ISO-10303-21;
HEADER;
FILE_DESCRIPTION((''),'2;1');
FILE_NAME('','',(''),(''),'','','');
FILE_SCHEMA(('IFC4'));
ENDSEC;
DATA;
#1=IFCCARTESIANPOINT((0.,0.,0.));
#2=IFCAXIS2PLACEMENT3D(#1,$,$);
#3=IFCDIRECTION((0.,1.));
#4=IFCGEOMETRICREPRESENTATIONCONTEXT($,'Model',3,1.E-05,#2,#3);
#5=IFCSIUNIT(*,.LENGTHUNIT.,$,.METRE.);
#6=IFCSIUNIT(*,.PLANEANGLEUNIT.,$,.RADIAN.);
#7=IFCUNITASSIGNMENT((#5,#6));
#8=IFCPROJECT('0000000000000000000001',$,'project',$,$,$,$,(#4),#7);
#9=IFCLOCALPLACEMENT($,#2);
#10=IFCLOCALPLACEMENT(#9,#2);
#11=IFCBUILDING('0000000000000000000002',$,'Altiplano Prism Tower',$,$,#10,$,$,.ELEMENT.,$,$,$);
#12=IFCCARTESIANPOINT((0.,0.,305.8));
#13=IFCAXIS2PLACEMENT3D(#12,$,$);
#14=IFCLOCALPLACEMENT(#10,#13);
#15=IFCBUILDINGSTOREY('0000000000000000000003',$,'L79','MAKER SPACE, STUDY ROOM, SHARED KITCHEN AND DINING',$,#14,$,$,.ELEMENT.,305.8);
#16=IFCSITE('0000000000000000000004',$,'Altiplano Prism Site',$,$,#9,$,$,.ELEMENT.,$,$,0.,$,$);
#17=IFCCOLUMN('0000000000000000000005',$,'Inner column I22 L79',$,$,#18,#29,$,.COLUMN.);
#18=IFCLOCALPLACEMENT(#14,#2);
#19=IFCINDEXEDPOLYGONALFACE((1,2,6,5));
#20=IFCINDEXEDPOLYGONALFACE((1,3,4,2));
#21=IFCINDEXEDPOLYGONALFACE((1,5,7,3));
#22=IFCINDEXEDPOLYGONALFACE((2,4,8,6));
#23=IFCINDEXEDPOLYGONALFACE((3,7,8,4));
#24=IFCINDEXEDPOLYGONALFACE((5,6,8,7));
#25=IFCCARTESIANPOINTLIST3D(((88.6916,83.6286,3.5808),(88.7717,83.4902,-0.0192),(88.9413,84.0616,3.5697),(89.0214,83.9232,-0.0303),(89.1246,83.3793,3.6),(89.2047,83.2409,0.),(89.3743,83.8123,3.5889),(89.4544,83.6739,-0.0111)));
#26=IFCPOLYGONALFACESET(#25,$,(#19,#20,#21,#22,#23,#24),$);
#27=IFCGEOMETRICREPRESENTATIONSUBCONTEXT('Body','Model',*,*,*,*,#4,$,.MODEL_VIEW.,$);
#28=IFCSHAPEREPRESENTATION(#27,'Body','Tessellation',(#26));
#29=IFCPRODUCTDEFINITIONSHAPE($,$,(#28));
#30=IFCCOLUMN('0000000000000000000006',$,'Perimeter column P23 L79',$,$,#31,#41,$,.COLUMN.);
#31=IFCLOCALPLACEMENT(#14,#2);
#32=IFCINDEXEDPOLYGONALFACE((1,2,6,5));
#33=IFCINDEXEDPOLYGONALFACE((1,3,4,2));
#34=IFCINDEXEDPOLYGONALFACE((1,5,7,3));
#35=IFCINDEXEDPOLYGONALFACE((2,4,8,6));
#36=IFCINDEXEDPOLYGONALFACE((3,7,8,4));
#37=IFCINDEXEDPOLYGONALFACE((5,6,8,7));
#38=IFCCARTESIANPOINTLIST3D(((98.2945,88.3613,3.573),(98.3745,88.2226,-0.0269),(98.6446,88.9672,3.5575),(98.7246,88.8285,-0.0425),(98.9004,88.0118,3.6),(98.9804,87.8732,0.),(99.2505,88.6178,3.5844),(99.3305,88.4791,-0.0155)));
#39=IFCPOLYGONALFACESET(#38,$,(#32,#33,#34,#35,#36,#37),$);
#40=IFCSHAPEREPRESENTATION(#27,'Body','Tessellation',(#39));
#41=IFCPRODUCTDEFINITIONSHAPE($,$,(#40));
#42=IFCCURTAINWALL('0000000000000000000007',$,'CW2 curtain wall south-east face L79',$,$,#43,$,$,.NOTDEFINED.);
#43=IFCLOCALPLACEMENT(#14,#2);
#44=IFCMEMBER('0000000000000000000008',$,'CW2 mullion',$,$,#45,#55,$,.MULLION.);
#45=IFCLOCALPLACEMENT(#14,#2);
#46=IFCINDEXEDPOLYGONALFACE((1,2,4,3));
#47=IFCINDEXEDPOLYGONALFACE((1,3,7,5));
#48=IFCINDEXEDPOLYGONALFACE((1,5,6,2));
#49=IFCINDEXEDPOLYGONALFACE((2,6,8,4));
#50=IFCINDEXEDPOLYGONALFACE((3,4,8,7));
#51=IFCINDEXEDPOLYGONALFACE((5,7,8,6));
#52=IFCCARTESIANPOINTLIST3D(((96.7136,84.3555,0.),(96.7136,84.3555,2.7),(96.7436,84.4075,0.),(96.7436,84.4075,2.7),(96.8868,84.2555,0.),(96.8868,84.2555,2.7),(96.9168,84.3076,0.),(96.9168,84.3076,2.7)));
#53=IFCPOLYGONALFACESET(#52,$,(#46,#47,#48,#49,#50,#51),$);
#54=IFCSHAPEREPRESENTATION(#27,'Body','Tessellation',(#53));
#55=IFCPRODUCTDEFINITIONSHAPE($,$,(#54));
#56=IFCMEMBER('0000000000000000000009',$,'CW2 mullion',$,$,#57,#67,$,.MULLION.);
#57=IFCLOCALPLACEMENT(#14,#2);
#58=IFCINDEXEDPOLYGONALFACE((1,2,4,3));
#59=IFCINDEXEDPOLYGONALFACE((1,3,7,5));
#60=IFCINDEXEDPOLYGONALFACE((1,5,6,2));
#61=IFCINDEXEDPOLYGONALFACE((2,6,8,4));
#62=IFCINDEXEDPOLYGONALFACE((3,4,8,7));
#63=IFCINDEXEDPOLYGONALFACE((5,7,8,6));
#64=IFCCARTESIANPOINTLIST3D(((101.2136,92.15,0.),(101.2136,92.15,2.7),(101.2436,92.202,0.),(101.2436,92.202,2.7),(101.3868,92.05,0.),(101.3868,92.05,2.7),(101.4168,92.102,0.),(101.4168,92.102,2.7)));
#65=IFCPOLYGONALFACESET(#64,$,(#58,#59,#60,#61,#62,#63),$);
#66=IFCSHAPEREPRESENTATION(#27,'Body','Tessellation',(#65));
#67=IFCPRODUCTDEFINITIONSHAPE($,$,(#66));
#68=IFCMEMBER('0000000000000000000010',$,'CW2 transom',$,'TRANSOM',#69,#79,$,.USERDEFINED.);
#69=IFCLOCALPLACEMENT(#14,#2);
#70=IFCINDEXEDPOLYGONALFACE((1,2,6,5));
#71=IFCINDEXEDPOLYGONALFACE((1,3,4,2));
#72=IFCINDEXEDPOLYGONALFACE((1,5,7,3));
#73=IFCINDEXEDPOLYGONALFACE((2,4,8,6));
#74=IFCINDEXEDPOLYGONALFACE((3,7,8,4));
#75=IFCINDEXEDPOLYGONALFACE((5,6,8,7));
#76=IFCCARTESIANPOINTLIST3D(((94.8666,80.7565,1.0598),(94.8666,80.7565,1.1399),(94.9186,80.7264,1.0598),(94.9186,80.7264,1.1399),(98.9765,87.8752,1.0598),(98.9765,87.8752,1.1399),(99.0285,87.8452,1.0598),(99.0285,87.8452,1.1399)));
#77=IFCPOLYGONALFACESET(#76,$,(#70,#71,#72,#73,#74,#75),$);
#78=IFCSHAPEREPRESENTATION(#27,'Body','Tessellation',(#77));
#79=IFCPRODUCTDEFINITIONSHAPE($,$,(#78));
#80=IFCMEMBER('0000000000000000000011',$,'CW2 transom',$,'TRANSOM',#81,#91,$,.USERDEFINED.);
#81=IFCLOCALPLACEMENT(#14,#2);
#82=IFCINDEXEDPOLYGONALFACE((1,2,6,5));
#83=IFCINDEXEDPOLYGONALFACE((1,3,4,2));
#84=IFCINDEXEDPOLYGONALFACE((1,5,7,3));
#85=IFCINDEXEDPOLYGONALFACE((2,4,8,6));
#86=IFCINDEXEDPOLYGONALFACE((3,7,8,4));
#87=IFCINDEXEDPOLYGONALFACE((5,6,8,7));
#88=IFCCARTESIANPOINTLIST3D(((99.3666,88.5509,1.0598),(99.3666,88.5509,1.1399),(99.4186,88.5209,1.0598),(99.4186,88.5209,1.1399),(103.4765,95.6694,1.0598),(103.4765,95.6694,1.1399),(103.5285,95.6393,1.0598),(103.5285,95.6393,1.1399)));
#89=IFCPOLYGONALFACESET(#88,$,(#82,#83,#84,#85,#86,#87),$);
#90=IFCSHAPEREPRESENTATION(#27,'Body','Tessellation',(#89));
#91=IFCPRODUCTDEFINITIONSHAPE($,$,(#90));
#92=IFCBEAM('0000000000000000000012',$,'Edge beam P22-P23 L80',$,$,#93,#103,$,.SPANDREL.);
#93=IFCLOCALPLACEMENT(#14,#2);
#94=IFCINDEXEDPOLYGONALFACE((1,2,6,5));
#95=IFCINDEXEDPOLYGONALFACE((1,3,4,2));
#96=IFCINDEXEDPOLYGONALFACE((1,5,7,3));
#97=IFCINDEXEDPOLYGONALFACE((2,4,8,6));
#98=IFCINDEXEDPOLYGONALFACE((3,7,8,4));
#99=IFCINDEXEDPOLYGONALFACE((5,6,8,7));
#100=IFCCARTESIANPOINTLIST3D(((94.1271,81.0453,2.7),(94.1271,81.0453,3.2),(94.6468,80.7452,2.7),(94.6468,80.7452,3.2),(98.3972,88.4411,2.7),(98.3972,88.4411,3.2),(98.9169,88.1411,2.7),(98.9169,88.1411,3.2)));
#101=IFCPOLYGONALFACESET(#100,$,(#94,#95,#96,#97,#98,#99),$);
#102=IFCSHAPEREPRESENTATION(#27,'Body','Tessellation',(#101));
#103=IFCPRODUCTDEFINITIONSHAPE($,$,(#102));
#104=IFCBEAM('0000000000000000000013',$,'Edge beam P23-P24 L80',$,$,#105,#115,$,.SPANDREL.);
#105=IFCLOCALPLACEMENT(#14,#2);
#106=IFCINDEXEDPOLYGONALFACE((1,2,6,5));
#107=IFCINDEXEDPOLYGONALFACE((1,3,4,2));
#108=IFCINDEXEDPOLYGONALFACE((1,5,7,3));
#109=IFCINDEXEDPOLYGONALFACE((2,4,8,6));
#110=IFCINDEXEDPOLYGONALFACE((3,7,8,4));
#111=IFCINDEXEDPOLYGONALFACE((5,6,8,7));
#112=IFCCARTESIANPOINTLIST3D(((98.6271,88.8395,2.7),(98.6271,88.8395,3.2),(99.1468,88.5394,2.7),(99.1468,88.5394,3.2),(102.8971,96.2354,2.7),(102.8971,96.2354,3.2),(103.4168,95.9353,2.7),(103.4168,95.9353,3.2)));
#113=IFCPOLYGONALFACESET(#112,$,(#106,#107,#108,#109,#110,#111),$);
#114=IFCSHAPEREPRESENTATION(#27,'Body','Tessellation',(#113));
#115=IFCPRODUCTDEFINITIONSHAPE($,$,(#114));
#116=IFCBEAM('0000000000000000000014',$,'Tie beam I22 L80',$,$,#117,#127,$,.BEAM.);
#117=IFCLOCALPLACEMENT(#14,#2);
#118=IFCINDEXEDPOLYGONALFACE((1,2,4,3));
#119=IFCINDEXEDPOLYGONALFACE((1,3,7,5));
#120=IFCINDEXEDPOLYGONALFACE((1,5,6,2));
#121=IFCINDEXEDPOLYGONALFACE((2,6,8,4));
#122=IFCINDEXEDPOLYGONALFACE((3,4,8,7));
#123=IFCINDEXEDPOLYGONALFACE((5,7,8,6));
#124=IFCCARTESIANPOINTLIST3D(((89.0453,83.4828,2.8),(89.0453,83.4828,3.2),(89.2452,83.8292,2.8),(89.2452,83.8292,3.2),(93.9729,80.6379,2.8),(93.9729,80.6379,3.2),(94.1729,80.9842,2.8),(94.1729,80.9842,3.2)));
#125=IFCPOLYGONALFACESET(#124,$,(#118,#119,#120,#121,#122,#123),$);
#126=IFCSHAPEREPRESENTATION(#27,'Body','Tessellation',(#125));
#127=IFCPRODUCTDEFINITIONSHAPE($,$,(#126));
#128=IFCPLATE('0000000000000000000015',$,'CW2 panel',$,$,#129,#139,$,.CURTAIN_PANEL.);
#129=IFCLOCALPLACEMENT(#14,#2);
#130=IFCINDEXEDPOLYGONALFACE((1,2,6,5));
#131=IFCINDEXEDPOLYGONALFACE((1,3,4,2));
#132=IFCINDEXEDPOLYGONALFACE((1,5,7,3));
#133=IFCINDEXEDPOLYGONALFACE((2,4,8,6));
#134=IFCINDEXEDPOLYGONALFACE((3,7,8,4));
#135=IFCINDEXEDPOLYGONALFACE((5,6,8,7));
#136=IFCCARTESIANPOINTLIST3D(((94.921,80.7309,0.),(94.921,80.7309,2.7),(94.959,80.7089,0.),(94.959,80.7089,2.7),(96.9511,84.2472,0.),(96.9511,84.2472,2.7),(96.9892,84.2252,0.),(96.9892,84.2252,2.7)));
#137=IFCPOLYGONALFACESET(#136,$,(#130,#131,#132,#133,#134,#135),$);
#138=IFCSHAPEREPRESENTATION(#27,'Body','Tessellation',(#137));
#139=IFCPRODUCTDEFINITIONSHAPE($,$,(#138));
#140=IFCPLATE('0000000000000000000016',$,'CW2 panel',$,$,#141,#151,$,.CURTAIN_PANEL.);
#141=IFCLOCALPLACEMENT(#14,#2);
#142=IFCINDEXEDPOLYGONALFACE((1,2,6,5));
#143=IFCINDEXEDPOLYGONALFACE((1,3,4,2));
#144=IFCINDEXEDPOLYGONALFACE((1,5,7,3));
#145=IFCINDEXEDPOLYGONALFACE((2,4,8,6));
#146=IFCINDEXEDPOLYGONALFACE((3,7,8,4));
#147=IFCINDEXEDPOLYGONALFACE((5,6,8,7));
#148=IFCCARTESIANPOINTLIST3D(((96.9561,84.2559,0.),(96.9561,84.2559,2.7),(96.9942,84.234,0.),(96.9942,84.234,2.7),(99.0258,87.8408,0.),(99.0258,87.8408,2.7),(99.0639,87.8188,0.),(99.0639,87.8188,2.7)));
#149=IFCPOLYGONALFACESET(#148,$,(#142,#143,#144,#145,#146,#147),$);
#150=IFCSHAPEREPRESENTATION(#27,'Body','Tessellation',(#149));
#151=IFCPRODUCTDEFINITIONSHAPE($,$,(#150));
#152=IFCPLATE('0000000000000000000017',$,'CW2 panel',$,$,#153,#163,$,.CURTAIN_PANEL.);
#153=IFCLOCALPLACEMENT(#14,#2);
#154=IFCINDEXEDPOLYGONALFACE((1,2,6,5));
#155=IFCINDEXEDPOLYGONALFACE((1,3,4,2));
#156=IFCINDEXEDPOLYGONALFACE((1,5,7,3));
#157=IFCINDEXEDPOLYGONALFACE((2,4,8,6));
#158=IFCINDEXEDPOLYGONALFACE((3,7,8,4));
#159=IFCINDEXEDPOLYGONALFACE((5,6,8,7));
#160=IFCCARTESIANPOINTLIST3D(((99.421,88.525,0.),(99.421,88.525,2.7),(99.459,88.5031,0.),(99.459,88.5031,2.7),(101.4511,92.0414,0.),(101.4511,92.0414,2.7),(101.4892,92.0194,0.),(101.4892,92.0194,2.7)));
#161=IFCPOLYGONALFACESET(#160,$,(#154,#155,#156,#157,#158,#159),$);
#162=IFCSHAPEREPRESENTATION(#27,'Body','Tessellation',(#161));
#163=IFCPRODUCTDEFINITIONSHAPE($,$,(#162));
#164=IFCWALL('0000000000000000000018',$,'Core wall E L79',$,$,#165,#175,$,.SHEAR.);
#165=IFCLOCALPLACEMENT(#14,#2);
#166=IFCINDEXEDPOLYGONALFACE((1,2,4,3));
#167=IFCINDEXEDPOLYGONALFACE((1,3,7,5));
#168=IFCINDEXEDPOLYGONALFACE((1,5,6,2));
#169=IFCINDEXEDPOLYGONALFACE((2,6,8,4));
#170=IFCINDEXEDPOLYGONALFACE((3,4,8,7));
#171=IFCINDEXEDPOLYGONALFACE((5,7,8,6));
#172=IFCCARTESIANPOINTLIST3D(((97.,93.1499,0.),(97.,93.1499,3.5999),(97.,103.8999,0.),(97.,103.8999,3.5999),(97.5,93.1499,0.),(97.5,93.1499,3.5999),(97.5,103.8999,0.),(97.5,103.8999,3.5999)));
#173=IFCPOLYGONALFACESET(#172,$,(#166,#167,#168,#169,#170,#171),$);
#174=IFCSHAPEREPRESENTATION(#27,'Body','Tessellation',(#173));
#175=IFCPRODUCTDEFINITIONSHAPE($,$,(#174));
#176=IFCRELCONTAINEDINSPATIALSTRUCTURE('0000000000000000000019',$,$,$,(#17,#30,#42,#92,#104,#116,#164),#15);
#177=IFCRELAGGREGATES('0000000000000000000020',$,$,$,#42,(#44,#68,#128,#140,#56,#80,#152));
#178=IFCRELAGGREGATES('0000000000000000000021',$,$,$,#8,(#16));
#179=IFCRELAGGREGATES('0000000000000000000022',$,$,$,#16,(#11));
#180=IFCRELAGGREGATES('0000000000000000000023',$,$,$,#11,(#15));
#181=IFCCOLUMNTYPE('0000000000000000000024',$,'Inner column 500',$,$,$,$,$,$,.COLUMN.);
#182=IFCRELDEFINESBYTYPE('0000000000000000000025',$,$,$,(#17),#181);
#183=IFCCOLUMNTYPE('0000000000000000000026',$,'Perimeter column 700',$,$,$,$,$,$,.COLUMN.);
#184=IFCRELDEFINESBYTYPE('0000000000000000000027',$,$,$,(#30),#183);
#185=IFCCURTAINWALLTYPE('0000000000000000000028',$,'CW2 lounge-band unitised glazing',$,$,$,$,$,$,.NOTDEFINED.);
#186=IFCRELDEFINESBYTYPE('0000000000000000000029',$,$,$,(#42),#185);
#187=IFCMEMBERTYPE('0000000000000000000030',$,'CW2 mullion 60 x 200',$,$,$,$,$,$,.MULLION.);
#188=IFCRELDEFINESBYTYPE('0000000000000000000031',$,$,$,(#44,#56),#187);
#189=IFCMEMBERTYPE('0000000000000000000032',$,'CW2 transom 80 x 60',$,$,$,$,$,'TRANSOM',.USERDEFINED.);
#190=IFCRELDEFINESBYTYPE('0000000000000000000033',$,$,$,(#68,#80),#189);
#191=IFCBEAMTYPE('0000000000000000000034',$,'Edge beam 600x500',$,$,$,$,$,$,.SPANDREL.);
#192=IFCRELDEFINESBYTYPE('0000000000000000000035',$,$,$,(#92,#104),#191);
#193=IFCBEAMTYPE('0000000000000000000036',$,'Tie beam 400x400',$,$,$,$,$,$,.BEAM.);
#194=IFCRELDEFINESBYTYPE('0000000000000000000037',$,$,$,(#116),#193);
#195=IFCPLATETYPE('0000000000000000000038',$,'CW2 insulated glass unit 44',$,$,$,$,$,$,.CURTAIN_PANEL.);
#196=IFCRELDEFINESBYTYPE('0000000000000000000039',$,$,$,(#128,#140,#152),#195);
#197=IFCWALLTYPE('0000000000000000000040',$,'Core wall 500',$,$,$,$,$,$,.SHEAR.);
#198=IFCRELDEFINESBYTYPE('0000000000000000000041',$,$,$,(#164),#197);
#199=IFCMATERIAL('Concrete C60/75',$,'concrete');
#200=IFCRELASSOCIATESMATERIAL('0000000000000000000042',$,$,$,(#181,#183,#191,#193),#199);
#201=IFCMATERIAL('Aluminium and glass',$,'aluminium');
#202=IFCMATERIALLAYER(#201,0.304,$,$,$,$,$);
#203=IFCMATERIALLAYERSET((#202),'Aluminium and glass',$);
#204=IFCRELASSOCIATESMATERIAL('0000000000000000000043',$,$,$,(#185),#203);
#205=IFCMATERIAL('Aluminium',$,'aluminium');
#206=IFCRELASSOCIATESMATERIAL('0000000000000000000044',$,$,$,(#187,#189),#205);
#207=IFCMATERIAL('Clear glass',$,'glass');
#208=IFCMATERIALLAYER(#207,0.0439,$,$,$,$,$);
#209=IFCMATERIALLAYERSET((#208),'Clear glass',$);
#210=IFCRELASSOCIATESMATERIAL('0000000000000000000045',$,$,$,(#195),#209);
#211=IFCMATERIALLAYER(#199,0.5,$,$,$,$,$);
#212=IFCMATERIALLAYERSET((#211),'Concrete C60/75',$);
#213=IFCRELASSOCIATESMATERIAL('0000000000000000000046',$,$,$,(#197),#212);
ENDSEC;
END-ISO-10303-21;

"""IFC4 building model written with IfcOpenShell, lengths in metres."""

from ifc_helpers import new_model, si_unit, direction, frame, frame_2d, origin, origin_2d, place, context, subcontext, project, spatial, rectangle, extrude, material, layer, layer_set, material_profile, profile_set, type_object, element, aggregate, save


model = new_model("IFC4")

# Units and contexts
model_context = context("Model", 3, precision=1e-05, world=origin(), true_north=direction((0.0, 1.0)))
body_context = subcontext(model_context, "Body", "Model", "MODEL_VIEW")
ifc_project = project(units=[si_unit("LENGTHUNIT", "METRE"), si_unit("PLANEANGLEUNIT", "RADIAN")], contexts=[model_context])

# Site, building, storey
site_placement = place(None, origin())
site = spatial("IfcSite", under=ifc_project, at=site_placement, Name="Altiplano Prism Site", CompositionType="ELEMENT", RefElevation=0.0)
building_placement = place(site_placement, origin())
building = spatial("IfcBuilding", under=site, at=building_placement, Name="Altiplano Prism Tower", CompositionType="ELEMENT")
storey_placement = place(building_placement, frame((0.0, 0.0, 305.8)))
storey = spatial("IfcBuildingStorey", under=building, at=storey_placement, Name="L79", Description="MAKER SPACE, STUDY ROOM, SHARED KITCHEN AND DINING", CompositionType="ELEMENT", Elevation=305.8)

# Columns
ifc_material_1 = material(Name="Concrete C60/75", Category="concrete")
ifc_material_profile_1 = material_profile(ifc_material_1, rectangle(XDim=0.5, YDim=0.5, at=origin_2d()), Name="Inner column 500")
ifc_profile_set_1 = profile_set([ifc_material_profile_1], Name="Concrete C60/75")
column_type_1 = type_object("IfcColumnType", Name="Inner column 500", PredefinedType="COLUMN", material=ifc_profile_set_1)
column_1_placement = place(storey_placement, frame((89.113, 83.582, -0.0151), z_axis=(-0.022223, 0.038416, 0.999015), x_axis=(-0.499508, -0.866025, 0.02219)))
element("IfcColumn", 1, at=column_1_placement, inside=storey, type_object=column_type_1, Name="Inner column I22 L79", PredefinedType="COLUMN", context=body_context, shape_type="SweptSolid", body=[
    extrude(rectangle(XDim=0.5, YDim=0.5, at=origin_2d()), origin(), (0.0, 0.0, 1.0), 3.6035),
])
ifc_material_profile_2 = material_profile(ifc_material_1, rectangle(XDim=0.7, YDim=0.7, at=origin_2d()), Name="Perimeter column 700")
ifc_profile_set_2 = profile_set([ifc_material_profile_2], Name="Concrete C60/75")
column_type_2 = type_object("IfcColumnType", Name="Perimeter column 700", PredefinedType="COLUMN", material=ifc_profile_set_2)
column_2_placement = place(storey_placement, frame((98.8525, 88.3508, -0.0212), z_axis=(-0.022223, 0.038483, 0.999012), x_axis=(-0.500177, -0.865638, 0.022219)))
element("IfcColumn", 2, at=column_2_placement, inside=storey, type_object=column_type_2, Name="Perimeter column P23 L79", PredefinedType="COLUMN", context=body_context, shape_type="SweptSolid", body=[
    extrude(rectangle(XDim=0.7, YDim=0.7, at=origin_2d()), origin(), (0.0, 0.0, 1.0), 3.6035),
])

# Curtain wall, members
ifc_material_2 = material(Name="Aluminium and glass", Category="aluminium")
ifc_layer_1 = layer(ifc_material_2, 0.304)
ifc_layer_set_1 = layer_set([ifc_layer_1], Name="Aluminium and glass")
curtain_wall_type = type_object("IfcCurtainWallType", Name="CW2 lounge-band unitised glazing", PredefinedType="NOTDEFINED", material=ifc_layer_set_1)
curtain_wall_placement = place(storey_placement, origin())
curtain_wall = element("IfcCurtainWall", 3, at=curtain_wall_placement, inside=storey, type_object=curtain_wall_type, Name="CW2 curtain wall south-east face L79", PredefinedType="NOTDEFINED")
ifc_material_3 = material(Name="Aluminium", Category="aluminium")
ifc_material_profile_3 = material_profile(ifc_material_3, rectangle(XDim=0.2, YDim=0.0601, at=origin_2d()), Name="CW2 mullion 60 x 200")
ifc_profile_set_3 = profile_set([ifc_material_profile_3], Name="Aluminium")
member_type_1 = type_object("IfcMemberType", Name="CW2 mullion 60 x 200", PredefinedType="MULLION", material=ifc_profile_set_3)
member_1_placement = place(storey_placement, frame((96.8152, 84.3315, 0.0), z_axis=(0.0, 0.0, 1.0), x_axis=(-0.866025, 0.5, 0.0)))
member_1 = element("IfcMember", 4, at=member_1_placement, type_object=member_type_1, Name="CW2 mullion", PredefinedType="MULLION", context=body_context, shape_type="SweptSolid", body=[
    extrude(rectangle(XDim=0.2, YDim=0.0601, at=origin_2d()), origin(), (0.0, 0.0, 1.0), 2.7),
])
member_2_placement = place(storey_placement, frame((101.3152, 92.126, 0.0), z_axis=(0.0, 0.0, 1.0), x_axis=(-0.866025, 0.5, 0.0)))
member_2 = element("IfcMember", 5, at=member_2_placement, type_object=member_type_1, Name="CW2 mullion", PredefinedType="MULLION", context=body_context, shape_type="SweptSolid", body=[
    extrude(rectangle(XDim=0.2, YDim=0.0601, at=origin_2d()), origin(), (0.0, 0.0, 1.0), 2.7),
])
ifc_material_profile_4 = material_profile(ifc_material_3, rectangle(XDim=0.0601, YDim=0.0801, at=origin_2d()), Name="CW2 transom 80 x 60")
ifc_profile_set_4 = profile_set([ifc_material_profile_4], Name="Aluminium")
member_type_2 = type_object("IfcMemberType", Name="CW2 transom 80 x 60", ElementType="TRANSOM", PredefinedType="USERDEFINED", material=ifc_profile_set_4)
member_3_placement = place(storey_placement, frame((94.8926, 80.7415, 1.0999), z_axis=(0.499992, 0.86603, 0.0), x_axis=(-0.86603, 0.499992, 0.0)))
member_3 = element("IfcMember", 6, at=member_3_placement, type_object=member_type_2, Name="CW2 transom", ObjectType="TRANSOM", PredefinedType="USERDEFINED", context=body_context, shape_type="SweptSolid", body=[
    extrude(rectangle(XDim=0.0601, YDim=0.0801, at=origin_2d()), origin(), (0.0, 0.0, 1.0), 8.22),
])
member_4_placement = place(storey_placement, frame((99.3926, 88.5359, 1.0999), z_axis=(0.500004, 0.866023, 0.0), x_axis=(-0.866023, 0.500004, 0.0)))
member_4 = element("IfcMember", 7, at=member_4_placement, type_object=member_type_2, Name="CW2 transom", ObjectType="TRANSOM", PredefinedType="USERDEFINED", context=body_context, shape_type="SweptSolid", body=[
    extrude(rectangle(XDim=0.0601, YDim=0.0801, at=origin_2d()), origin(), (0.0, 0.0, 1.0), 8.2197),
])

# Beams
ifc_material_profile_5 = material_profile(ifc_material_1, rectangle(XDim=0.6001, YDim=0.5, at=origin_2d()), Name="Edge beam 600x500")
ifc_profile_set_5 = profile_set([ifc_material_profile_5], Name="Concrete C60/75")
beam_type_1 = type_object("IfcBeamType", Name="Edge beam 600x500", PredefinedType="SPANDREL", material=ifc_profile_set_5)
for number, where, z_axis, x_axis, name in (
    (8, (94.387, 80.8953, 2.95), (0.500007, 0.866021, 0.0), (-0.866021, 0.500007, 0.0), "Edge beam P22-P23 L80"),
    (9, (98.887, 88.6895, 2.95), (0.499995, 0.866028, 0.0), (-0.866028, 0.499995, 0.0), "Edge beam P23-P24 L80"),
):
    element("IfcBeam", number, at=place(storey_placement, frame(where, z_axis=z_axis, x_axis=x_axis)), inside=storey, type_object=beam_type_1, Name=name, PredefinedType="SPANDREL", context=body_context, shape_type="SweptSolid", body=[
        extrude(rectangle(XDim=0.6001, YDim=0.5, at=origin_2d()), origin(), (0.0, 0.0, 1.0), 8.54),
    ])
ifc_material_profile_6 = material_profile(ifc_material_1, rectangle(XDim=0.3999, YDim=0.3999, at=origin_2d()), Name="Tie beam 400x400")
ifc_profile_set_6 = profile_set([ifc_material_profile_6], Name="Concrete C60/75")
beam_type_2 = type_object("IfcBeamType", Name="Tie beam 400x400", PredefinedType="BEAM", material=ifc_profile_set_6)
beam_placement = place(storey_placement, frame((89.1453, 83.656, 3.0), z_axis=(0.86603, -0.499992, 0.0), x_axis=(0.499992, 0.86603, 0.0)))
element("IfcBeam", 10, at=beam_placement, inside=storey, type_object=beam_type_2, Name="Tie beam I22 L80", PredefinedType="BEAM", context=body_context, shape_type="SweptSolid", body=[
    extrude(rectangle(XDim=0.3999, YDim=0.3999, at=origin_2d()), origin(), (0.0, 0.0, 1.0), 5.6899),
])

# Plates
ifc_material_4 = material(Name="Clear glass", Category="glass")
ifc_layer_2 = layer(ifc_material_4, 0.0439)
ifc_layer_set_2 = layer_set([ifc_layer_2], Name="Clear glass")
plate_type = type_object("IfcPlateType", Name="CW2 insulated glass unit 44", PredefinedType="CURTAIN_PANEL", material=ifc_layer_set_2)
plate_1_placement = place(storey_placement, frame((95.9551, 82.478, 0.0), z_axis=(0.0, 0.0, 1.0), x_axis=(0.5, 0.866025, 0.0)))
plate_1 = element("IfcPlate", 11, at=plate_1_placement, type_object=plate_type, Name="CW2 panel", PredefinedType="CURTAIN_PANEL", context=body_context, shape_type="SweptSolid", body=[
    extrude(rectangle(XDim=4.0603, YDim=0.0439, at=origin_2d()), origin(), (0.0, 0.0, 1.0), 2.7),
])
plate_2_placement = place(storey_placement, frame((98.01, 86.0374, 0.0), z_axis=(0.0, 0.0, 1.0), x_axis=(0.5, 0.866025, 0.0)))
plate_2 = element("IfcPlate", 12, at=plate_2_placement, type_object=plate_type, Name="CW2 panel", PredefinedType="CURTAIN_PANEL", context=body_context, shape_type="SweptSolid", body=[
    extrude(rectangle(XDim=4.1394, YDim=0.0439, at=origin_2d()), origin(), (0.0, 0.0, 1.0), 2.7),
])
plate_3_placement = place(storey_placement, frame((100.4551, 90.2722, 0.0), z_axis=(0.0, 0.0, 1.0), x_axis=(0.5, 0.866025, 0.0)))
plate_3 = element("IfcPlate", 13, at=plate_3_placement, type_object=plate_type, Name="CW2 panel", PredefinedType="CURTAIN_PANEL", context=body_context, shape_type="SweptSolid", body=[
    extrude(rectangle(XDim=4.0603, YDim=0.0439, at=origin_2d()), origin(), (0.0, 0.0, 1.0), 2.7),
])
aggregate(curtain_wall, [member_1, member_3, plate_1, plate_2, member_2, member_4, plate_3])

# Wall
ifc_layer_3 = layer(ifc_material_1, 0.5)
ifc_layer_set_3 = layer_set([ifc_layer_3], Name="Concrete C60/75")
wall_type_1 = type_object("IfcWallType", Name="Core wall 500", PredefinedType="SHEAR", material=ifc_layer_set_3)
wall_1_placement = place(storey_placement, frame((97.25, 93.1499, 0.0), z_axis=(0.0, 0.0, 1.0), x_axis=(0.0, 1.0, 0.0)))
element("IfcWall", 14, at=wall_1_placement, inside=storey, type_object=wall_type_1, Name="Core wall E L79", PredefinedType="SHEAR", context=body_context, shape_type="SweptSolid", body=[
    extrude(rectangle(XDim=10.75, YDim=0.5, at=frame_2d((5.375, 0.0))), origin(), (0.0, 0.0, 1.0), 3.5999),
])

save(model, "model.ifc")
